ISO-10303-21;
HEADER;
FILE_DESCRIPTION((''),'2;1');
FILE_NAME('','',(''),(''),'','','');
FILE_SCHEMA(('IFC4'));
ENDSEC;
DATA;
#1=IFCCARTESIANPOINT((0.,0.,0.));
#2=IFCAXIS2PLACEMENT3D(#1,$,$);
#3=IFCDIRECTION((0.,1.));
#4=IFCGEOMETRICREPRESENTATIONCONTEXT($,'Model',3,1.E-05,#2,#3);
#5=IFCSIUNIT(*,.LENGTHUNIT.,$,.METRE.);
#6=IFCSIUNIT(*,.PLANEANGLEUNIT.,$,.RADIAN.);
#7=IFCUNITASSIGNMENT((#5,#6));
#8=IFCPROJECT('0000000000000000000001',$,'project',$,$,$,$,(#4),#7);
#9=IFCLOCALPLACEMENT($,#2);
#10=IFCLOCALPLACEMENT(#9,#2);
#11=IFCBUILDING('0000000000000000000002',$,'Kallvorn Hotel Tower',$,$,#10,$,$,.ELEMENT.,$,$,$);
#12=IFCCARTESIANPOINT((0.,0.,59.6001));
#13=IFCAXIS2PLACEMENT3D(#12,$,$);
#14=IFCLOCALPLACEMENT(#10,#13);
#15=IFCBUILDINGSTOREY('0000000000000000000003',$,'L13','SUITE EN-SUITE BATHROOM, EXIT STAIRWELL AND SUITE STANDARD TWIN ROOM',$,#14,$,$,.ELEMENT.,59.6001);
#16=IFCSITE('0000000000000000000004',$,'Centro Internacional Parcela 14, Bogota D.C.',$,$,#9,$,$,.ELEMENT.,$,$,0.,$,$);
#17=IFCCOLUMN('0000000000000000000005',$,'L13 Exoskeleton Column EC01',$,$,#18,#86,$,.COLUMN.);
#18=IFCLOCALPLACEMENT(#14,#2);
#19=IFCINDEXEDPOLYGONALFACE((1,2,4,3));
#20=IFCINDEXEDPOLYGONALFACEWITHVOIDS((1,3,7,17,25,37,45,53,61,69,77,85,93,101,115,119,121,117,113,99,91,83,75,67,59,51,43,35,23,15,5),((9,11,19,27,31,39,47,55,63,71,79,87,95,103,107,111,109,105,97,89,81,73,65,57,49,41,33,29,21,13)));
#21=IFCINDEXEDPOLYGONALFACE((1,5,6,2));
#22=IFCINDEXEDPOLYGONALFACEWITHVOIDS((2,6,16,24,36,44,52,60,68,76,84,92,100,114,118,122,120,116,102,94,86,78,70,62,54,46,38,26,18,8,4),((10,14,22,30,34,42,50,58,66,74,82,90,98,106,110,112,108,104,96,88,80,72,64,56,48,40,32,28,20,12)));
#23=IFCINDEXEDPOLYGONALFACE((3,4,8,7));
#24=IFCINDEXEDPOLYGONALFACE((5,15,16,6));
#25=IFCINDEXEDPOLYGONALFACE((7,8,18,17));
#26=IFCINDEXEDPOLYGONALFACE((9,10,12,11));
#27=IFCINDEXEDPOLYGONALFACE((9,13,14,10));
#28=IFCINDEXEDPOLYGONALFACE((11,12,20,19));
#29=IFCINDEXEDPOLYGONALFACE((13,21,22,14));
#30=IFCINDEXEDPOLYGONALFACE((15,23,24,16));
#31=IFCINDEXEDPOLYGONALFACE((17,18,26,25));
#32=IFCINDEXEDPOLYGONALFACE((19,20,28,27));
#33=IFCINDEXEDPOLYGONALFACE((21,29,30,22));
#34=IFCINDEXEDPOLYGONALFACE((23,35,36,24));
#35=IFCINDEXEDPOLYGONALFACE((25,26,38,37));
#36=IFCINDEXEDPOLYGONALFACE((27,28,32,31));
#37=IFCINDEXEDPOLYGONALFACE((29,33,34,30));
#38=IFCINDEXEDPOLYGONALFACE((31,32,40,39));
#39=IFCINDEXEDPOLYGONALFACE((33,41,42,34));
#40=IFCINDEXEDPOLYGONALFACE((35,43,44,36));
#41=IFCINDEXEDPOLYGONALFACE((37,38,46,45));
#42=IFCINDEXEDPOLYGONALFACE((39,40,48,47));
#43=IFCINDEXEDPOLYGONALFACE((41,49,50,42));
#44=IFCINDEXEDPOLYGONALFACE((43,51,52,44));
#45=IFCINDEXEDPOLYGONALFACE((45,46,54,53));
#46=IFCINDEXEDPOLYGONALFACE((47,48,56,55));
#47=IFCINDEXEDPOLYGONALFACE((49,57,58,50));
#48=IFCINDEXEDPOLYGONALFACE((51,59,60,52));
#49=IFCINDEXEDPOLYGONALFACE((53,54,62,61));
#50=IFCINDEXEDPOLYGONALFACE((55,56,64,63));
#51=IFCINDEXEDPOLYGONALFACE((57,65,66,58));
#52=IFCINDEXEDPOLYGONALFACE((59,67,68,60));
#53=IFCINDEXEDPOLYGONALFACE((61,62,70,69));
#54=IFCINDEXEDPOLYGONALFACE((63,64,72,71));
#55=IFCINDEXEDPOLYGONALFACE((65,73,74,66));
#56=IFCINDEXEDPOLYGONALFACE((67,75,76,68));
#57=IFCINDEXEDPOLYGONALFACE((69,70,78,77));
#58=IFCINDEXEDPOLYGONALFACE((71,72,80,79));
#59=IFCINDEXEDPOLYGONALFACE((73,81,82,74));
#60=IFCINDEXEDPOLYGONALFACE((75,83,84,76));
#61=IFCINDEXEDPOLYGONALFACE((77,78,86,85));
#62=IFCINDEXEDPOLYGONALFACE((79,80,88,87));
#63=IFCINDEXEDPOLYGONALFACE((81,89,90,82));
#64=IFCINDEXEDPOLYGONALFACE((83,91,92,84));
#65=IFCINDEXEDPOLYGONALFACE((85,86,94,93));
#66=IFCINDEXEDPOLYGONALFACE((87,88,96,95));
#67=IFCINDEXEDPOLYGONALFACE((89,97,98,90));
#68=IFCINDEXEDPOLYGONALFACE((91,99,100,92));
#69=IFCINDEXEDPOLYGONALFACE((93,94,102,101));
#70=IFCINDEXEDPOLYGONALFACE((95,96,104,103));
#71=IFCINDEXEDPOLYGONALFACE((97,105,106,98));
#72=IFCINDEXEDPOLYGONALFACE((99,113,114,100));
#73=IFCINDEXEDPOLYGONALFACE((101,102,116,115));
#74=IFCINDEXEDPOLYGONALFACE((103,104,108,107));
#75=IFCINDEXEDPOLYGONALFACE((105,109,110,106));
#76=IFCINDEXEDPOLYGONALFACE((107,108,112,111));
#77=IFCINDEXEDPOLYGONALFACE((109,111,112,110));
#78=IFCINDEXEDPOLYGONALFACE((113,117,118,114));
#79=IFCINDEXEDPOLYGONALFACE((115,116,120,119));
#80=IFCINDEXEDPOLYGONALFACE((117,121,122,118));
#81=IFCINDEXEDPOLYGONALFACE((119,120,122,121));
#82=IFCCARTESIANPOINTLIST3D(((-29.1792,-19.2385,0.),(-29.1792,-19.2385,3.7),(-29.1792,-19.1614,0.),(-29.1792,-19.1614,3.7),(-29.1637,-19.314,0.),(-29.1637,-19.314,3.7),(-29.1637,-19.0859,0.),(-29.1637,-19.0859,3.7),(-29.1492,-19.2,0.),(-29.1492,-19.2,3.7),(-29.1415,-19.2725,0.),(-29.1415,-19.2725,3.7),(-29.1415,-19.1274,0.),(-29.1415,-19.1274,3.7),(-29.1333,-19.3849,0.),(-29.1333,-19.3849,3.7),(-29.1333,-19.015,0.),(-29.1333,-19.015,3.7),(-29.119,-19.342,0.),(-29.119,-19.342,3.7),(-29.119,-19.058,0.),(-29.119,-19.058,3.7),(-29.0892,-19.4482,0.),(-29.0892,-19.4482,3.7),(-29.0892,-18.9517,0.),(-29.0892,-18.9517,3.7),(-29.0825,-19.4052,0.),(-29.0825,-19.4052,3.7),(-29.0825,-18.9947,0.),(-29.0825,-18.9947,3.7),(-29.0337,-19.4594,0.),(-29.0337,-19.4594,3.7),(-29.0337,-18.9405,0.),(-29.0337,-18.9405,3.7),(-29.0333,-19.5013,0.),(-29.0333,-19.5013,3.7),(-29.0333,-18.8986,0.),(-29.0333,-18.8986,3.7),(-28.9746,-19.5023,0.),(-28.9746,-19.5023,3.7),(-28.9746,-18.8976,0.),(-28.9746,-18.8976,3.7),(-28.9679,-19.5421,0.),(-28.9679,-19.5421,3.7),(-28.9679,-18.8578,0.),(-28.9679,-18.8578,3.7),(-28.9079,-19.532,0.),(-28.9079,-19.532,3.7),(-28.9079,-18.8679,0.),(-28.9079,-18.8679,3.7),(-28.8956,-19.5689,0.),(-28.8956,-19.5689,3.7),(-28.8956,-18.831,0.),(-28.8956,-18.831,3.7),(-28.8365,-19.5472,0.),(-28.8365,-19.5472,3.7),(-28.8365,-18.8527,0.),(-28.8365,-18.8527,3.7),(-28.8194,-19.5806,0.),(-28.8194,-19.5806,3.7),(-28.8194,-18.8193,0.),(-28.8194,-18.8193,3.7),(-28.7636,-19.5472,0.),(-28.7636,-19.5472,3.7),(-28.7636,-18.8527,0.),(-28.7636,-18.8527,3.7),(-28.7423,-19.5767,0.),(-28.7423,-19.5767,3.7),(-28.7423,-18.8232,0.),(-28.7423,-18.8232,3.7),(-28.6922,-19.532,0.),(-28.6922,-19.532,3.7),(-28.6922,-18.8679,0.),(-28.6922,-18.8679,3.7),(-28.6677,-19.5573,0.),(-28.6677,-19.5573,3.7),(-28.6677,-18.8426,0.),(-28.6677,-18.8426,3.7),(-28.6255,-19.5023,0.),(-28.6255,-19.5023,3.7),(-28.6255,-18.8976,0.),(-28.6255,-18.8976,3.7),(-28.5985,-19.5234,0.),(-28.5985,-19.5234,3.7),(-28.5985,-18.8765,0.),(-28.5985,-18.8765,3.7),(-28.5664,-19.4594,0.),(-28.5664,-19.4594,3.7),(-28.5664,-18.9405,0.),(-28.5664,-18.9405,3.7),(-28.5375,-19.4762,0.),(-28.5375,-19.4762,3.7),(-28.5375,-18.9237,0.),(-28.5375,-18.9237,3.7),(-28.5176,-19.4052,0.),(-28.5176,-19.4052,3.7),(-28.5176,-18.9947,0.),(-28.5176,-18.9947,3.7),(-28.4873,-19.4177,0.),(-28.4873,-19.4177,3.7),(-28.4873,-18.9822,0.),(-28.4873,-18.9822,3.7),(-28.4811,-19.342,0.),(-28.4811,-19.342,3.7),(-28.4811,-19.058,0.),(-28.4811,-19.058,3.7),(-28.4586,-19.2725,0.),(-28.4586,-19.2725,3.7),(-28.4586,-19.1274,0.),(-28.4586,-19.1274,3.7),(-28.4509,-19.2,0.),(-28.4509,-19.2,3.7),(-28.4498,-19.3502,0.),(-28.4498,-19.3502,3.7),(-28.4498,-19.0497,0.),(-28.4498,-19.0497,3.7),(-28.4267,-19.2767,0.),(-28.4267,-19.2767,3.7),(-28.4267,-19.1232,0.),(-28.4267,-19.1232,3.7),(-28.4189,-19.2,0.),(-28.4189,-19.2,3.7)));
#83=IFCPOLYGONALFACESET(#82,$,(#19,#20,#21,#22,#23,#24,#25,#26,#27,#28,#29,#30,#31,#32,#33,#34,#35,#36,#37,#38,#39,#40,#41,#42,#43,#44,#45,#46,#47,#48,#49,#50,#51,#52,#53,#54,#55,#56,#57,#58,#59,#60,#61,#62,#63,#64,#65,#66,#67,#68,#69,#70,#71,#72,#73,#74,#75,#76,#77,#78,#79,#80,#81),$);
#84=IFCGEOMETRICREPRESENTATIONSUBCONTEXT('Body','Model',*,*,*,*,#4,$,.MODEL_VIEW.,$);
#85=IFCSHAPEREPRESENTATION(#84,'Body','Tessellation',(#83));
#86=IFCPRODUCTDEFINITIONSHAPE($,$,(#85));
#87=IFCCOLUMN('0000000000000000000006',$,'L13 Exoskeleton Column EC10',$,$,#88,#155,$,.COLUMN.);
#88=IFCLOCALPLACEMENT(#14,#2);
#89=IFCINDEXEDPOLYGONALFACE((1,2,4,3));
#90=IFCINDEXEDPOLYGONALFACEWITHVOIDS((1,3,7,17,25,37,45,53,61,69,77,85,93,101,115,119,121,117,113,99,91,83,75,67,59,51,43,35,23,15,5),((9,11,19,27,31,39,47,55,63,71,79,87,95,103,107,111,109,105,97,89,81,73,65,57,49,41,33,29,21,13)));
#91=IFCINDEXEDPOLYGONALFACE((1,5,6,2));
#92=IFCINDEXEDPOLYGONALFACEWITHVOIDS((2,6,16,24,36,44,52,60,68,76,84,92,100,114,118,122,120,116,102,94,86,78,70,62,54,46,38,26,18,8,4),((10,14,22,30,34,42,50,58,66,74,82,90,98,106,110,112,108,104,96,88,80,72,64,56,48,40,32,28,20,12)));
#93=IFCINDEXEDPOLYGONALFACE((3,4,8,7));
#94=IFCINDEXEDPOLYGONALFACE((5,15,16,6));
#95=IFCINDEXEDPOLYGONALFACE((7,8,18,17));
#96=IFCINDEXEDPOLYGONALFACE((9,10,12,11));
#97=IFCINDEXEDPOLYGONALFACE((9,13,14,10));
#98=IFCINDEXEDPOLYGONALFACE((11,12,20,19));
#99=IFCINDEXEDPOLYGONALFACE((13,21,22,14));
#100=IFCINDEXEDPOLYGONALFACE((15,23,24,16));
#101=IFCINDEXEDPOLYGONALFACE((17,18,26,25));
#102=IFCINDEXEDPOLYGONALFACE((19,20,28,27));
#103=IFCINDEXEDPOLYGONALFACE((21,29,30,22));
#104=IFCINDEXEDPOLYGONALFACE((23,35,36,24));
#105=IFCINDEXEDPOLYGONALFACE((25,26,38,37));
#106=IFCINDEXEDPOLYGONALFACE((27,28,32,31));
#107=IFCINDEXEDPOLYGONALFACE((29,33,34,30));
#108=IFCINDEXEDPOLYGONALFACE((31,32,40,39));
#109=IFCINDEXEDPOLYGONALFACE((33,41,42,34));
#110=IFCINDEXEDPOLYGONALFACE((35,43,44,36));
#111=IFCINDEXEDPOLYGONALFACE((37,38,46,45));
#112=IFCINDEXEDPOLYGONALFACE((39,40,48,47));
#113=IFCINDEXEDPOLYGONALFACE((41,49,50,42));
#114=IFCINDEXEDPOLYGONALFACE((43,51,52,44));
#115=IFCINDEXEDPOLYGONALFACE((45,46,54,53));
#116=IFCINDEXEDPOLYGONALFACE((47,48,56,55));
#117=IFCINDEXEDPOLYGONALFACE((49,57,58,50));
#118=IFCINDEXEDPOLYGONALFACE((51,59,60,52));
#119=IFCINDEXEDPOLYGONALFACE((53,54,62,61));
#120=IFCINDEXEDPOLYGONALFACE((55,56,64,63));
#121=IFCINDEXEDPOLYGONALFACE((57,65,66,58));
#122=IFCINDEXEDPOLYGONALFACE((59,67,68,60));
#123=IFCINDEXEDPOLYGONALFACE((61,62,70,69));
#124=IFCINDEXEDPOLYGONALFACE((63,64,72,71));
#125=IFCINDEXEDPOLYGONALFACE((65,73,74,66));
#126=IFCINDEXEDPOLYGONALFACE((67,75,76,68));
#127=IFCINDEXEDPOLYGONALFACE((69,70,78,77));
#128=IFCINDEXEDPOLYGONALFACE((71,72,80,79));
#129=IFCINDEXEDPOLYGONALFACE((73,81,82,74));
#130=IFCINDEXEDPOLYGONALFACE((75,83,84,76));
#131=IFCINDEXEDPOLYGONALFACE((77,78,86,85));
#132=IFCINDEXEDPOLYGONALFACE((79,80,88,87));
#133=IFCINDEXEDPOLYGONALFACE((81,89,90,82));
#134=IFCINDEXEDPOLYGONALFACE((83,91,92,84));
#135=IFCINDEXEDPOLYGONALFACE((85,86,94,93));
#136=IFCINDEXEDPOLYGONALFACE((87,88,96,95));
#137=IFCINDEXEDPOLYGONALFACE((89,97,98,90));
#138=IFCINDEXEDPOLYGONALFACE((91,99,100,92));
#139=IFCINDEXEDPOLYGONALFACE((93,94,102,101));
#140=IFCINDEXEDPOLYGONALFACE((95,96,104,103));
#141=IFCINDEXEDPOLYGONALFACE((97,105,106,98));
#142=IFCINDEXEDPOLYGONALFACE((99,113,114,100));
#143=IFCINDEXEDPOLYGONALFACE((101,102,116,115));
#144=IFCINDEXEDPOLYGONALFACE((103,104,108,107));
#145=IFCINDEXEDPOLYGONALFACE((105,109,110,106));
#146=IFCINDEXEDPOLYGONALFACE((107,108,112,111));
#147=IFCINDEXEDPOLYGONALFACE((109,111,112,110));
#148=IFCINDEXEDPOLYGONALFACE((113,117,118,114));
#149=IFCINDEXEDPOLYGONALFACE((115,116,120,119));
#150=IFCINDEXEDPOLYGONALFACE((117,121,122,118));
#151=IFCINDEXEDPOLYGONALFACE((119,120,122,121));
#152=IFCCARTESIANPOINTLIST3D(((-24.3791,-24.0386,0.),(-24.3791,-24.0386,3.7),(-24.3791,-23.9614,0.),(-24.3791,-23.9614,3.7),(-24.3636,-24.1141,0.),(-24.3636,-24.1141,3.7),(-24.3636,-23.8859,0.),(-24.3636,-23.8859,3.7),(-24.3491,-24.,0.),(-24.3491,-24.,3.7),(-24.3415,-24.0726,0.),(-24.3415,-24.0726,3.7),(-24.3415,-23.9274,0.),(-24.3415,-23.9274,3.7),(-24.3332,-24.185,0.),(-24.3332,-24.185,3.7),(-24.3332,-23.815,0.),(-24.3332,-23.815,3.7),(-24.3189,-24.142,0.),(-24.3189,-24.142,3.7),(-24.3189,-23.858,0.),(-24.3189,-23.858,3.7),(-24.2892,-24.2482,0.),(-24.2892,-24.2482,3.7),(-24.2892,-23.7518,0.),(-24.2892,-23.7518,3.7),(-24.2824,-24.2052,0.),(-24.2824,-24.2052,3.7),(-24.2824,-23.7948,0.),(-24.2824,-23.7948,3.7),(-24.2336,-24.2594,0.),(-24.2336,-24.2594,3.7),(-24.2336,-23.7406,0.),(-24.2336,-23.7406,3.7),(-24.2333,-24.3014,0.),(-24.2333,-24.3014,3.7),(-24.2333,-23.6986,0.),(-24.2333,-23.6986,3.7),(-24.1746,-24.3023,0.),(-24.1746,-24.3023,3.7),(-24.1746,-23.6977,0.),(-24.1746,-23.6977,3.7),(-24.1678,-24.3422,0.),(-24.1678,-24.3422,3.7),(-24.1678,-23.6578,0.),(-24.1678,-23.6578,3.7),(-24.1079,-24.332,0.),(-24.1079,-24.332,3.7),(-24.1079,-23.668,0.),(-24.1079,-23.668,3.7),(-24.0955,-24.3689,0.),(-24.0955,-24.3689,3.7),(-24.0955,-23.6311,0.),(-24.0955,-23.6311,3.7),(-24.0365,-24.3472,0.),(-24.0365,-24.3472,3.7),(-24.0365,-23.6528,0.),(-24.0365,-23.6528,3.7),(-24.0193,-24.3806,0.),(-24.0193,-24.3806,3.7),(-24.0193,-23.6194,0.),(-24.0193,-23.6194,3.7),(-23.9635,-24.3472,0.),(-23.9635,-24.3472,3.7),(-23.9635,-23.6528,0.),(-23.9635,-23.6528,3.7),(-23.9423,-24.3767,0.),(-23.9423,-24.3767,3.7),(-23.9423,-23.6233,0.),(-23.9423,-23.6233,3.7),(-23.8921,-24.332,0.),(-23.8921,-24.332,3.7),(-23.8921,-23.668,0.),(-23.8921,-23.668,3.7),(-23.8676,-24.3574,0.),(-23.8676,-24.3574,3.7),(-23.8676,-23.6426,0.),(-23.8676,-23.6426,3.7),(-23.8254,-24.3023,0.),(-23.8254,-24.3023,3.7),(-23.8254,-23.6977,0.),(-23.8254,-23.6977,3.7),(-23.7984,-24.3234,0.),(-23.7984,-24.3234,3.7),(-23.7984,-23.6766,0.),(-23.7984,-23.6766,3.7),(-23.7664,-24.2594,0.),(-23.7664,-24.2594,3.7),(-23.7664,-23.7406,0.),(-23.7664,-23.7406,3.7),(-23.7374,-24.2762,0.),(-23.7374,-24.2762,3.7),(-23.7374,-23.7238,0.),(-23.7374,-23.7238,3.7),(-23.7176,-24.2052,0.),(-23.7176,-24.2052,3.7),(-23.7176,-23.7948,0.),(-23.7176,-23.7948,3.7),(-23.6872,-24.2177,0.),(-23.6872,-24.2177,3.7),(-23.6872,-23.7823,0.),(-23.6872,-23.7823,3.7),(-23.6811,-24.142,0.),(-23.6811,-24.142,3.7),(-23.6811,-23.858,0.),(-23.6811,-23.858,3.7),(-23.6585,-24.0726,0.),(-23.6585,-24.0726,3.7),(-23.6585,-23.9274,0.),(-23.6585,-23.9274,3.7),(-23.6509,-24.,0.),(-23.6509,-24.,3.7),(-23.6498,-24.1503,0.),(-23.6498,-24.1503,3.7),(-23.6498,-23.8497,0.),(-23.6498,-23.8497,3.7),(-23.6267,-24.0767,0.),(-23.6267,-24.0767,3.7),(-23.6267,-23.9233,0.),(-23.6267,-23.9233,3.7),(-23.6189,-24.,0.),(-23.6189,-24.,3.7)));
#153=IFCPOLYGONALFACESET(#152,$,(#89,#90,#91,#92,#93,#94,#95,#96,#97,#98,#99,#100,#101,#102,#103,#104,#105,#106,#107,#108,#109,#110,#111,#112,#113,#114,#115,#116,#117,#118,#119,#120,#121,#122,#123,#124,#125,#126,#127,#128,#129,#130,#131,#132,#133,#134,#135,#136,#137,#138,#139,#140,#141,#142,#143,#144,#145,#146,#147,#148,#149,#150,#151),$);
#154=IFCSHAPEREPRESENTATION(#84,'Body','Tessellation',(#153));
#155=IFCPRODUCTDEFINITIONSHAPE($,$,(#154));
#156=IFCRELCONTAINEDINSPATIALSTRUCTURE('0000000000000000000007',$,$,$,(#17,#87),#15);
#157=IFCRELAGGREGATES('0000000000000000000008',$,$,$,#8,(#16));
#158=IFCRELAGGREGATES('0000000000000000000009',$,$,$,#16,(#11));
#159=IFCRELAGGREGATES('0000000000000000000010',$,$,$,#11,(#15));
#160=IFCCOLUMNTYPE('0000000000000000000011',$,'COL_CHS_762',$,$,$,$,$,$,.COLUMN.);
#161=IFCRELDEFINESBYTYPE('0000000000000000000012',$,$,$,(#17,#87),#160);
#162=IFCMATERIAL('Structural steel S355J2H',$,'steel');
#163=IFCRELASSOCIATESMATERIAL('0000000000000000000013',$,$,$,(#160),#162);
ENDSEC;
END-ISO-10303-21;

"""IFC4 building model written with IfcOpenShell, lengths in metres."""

from ifc_helpers import new_model, si_unit, direction, frame, origin, origin_2d, place, context, subcontext, project, spatial, hollow_circle, extrude, material, material_profile, profile_set, type_object, element, save


model = new_model("IFC4")

# Units and contexts
model_context = context("Model", 3, precision=1e-05, world=origin(), true_north=direction((0.0, 1.0)))
body_context = subcontext(model_context, "Body", "Model", "MODEL_VIEW")
ifc_project = project(units=[si_unit("LENGTHUNIT", "METRE"), si_unit("PLANEANGLEUNIT", "RADIAN")], contexts=[model_context])

# Site, building, storey
site_placement = place(None, origin())
site = spatial("IfcSite", under=ifc_project, at=site_placement, Name="Centro Internacional Parcela 14, Bogota D.C.", CompositionType="ELEMENT", RefElevation=0.0)
building_placement = place(site_placement, origin())
building = spatial("IfcBuilding", under=site, at=building_placement, Name="Kallvorn Hotel Tower", CompositionType="ELEMENT")
storey_placement = place(building_placement, frame((0.0, 0.0, 59.6001)))
storey = spatial("IfcBuildingStorey", under=building, at=storey_placement, Name="L13", Description="SUITE EN-SUITE BATHROOM, EXIT STAIRWELL AND SUITE STANDARD TWIN ROOM", CompositionType="ELEMENT", Elevation=59.6001)

# Columns
ifc_material_1 = material(Name="Structural steel S355J2H", Category="steel")
ifc_material_profile_1 = material_profile(ifc_material_1, hollow_circle(Radius=0.3811, WallThickness=0.032, at=origin_2d()), Name="CHS 762x32")
ifc_profile_set_1 = profile_set([ifc_material_profile_1], Name="Structural steel S355J2H")
column_type = type_object("IfcColumnType", Name="COL_CHS_762", PredefinedType="COLUMN", material=ifc_profile_set_1)
for number, where, z_axis, x_axis, name in (
    (1, (-28.8, -19.2, 0.0), (0.0, 0.0, 1.0), (1.0, 0.0, 0.0), "L13 Exoskeleton Column EC01"),
    (2, (-24.0, -24.0, 0.0), (0.0, 0.0, 1.0), (1.0, 0.0, 0.0), "L13 Exoskeleton Column EC10"),
):
    element("IfcColumn", number, at=place(storey_placement, frame(where, z_axis=z_axis, x_axis=x_axis)), inside=storey, type_object=column_type, Name=name, PredefinedType="COLUMN", context=body_context, shape_type="SweptSolid", body=[
        extrude(hollow_circle(Radius=0.3811, WallThickness=0.032, at=origin_2d()), origin(), (0.0, 0.0, 1.0), 3.7),
    ])

save(model, "model.ifc")
